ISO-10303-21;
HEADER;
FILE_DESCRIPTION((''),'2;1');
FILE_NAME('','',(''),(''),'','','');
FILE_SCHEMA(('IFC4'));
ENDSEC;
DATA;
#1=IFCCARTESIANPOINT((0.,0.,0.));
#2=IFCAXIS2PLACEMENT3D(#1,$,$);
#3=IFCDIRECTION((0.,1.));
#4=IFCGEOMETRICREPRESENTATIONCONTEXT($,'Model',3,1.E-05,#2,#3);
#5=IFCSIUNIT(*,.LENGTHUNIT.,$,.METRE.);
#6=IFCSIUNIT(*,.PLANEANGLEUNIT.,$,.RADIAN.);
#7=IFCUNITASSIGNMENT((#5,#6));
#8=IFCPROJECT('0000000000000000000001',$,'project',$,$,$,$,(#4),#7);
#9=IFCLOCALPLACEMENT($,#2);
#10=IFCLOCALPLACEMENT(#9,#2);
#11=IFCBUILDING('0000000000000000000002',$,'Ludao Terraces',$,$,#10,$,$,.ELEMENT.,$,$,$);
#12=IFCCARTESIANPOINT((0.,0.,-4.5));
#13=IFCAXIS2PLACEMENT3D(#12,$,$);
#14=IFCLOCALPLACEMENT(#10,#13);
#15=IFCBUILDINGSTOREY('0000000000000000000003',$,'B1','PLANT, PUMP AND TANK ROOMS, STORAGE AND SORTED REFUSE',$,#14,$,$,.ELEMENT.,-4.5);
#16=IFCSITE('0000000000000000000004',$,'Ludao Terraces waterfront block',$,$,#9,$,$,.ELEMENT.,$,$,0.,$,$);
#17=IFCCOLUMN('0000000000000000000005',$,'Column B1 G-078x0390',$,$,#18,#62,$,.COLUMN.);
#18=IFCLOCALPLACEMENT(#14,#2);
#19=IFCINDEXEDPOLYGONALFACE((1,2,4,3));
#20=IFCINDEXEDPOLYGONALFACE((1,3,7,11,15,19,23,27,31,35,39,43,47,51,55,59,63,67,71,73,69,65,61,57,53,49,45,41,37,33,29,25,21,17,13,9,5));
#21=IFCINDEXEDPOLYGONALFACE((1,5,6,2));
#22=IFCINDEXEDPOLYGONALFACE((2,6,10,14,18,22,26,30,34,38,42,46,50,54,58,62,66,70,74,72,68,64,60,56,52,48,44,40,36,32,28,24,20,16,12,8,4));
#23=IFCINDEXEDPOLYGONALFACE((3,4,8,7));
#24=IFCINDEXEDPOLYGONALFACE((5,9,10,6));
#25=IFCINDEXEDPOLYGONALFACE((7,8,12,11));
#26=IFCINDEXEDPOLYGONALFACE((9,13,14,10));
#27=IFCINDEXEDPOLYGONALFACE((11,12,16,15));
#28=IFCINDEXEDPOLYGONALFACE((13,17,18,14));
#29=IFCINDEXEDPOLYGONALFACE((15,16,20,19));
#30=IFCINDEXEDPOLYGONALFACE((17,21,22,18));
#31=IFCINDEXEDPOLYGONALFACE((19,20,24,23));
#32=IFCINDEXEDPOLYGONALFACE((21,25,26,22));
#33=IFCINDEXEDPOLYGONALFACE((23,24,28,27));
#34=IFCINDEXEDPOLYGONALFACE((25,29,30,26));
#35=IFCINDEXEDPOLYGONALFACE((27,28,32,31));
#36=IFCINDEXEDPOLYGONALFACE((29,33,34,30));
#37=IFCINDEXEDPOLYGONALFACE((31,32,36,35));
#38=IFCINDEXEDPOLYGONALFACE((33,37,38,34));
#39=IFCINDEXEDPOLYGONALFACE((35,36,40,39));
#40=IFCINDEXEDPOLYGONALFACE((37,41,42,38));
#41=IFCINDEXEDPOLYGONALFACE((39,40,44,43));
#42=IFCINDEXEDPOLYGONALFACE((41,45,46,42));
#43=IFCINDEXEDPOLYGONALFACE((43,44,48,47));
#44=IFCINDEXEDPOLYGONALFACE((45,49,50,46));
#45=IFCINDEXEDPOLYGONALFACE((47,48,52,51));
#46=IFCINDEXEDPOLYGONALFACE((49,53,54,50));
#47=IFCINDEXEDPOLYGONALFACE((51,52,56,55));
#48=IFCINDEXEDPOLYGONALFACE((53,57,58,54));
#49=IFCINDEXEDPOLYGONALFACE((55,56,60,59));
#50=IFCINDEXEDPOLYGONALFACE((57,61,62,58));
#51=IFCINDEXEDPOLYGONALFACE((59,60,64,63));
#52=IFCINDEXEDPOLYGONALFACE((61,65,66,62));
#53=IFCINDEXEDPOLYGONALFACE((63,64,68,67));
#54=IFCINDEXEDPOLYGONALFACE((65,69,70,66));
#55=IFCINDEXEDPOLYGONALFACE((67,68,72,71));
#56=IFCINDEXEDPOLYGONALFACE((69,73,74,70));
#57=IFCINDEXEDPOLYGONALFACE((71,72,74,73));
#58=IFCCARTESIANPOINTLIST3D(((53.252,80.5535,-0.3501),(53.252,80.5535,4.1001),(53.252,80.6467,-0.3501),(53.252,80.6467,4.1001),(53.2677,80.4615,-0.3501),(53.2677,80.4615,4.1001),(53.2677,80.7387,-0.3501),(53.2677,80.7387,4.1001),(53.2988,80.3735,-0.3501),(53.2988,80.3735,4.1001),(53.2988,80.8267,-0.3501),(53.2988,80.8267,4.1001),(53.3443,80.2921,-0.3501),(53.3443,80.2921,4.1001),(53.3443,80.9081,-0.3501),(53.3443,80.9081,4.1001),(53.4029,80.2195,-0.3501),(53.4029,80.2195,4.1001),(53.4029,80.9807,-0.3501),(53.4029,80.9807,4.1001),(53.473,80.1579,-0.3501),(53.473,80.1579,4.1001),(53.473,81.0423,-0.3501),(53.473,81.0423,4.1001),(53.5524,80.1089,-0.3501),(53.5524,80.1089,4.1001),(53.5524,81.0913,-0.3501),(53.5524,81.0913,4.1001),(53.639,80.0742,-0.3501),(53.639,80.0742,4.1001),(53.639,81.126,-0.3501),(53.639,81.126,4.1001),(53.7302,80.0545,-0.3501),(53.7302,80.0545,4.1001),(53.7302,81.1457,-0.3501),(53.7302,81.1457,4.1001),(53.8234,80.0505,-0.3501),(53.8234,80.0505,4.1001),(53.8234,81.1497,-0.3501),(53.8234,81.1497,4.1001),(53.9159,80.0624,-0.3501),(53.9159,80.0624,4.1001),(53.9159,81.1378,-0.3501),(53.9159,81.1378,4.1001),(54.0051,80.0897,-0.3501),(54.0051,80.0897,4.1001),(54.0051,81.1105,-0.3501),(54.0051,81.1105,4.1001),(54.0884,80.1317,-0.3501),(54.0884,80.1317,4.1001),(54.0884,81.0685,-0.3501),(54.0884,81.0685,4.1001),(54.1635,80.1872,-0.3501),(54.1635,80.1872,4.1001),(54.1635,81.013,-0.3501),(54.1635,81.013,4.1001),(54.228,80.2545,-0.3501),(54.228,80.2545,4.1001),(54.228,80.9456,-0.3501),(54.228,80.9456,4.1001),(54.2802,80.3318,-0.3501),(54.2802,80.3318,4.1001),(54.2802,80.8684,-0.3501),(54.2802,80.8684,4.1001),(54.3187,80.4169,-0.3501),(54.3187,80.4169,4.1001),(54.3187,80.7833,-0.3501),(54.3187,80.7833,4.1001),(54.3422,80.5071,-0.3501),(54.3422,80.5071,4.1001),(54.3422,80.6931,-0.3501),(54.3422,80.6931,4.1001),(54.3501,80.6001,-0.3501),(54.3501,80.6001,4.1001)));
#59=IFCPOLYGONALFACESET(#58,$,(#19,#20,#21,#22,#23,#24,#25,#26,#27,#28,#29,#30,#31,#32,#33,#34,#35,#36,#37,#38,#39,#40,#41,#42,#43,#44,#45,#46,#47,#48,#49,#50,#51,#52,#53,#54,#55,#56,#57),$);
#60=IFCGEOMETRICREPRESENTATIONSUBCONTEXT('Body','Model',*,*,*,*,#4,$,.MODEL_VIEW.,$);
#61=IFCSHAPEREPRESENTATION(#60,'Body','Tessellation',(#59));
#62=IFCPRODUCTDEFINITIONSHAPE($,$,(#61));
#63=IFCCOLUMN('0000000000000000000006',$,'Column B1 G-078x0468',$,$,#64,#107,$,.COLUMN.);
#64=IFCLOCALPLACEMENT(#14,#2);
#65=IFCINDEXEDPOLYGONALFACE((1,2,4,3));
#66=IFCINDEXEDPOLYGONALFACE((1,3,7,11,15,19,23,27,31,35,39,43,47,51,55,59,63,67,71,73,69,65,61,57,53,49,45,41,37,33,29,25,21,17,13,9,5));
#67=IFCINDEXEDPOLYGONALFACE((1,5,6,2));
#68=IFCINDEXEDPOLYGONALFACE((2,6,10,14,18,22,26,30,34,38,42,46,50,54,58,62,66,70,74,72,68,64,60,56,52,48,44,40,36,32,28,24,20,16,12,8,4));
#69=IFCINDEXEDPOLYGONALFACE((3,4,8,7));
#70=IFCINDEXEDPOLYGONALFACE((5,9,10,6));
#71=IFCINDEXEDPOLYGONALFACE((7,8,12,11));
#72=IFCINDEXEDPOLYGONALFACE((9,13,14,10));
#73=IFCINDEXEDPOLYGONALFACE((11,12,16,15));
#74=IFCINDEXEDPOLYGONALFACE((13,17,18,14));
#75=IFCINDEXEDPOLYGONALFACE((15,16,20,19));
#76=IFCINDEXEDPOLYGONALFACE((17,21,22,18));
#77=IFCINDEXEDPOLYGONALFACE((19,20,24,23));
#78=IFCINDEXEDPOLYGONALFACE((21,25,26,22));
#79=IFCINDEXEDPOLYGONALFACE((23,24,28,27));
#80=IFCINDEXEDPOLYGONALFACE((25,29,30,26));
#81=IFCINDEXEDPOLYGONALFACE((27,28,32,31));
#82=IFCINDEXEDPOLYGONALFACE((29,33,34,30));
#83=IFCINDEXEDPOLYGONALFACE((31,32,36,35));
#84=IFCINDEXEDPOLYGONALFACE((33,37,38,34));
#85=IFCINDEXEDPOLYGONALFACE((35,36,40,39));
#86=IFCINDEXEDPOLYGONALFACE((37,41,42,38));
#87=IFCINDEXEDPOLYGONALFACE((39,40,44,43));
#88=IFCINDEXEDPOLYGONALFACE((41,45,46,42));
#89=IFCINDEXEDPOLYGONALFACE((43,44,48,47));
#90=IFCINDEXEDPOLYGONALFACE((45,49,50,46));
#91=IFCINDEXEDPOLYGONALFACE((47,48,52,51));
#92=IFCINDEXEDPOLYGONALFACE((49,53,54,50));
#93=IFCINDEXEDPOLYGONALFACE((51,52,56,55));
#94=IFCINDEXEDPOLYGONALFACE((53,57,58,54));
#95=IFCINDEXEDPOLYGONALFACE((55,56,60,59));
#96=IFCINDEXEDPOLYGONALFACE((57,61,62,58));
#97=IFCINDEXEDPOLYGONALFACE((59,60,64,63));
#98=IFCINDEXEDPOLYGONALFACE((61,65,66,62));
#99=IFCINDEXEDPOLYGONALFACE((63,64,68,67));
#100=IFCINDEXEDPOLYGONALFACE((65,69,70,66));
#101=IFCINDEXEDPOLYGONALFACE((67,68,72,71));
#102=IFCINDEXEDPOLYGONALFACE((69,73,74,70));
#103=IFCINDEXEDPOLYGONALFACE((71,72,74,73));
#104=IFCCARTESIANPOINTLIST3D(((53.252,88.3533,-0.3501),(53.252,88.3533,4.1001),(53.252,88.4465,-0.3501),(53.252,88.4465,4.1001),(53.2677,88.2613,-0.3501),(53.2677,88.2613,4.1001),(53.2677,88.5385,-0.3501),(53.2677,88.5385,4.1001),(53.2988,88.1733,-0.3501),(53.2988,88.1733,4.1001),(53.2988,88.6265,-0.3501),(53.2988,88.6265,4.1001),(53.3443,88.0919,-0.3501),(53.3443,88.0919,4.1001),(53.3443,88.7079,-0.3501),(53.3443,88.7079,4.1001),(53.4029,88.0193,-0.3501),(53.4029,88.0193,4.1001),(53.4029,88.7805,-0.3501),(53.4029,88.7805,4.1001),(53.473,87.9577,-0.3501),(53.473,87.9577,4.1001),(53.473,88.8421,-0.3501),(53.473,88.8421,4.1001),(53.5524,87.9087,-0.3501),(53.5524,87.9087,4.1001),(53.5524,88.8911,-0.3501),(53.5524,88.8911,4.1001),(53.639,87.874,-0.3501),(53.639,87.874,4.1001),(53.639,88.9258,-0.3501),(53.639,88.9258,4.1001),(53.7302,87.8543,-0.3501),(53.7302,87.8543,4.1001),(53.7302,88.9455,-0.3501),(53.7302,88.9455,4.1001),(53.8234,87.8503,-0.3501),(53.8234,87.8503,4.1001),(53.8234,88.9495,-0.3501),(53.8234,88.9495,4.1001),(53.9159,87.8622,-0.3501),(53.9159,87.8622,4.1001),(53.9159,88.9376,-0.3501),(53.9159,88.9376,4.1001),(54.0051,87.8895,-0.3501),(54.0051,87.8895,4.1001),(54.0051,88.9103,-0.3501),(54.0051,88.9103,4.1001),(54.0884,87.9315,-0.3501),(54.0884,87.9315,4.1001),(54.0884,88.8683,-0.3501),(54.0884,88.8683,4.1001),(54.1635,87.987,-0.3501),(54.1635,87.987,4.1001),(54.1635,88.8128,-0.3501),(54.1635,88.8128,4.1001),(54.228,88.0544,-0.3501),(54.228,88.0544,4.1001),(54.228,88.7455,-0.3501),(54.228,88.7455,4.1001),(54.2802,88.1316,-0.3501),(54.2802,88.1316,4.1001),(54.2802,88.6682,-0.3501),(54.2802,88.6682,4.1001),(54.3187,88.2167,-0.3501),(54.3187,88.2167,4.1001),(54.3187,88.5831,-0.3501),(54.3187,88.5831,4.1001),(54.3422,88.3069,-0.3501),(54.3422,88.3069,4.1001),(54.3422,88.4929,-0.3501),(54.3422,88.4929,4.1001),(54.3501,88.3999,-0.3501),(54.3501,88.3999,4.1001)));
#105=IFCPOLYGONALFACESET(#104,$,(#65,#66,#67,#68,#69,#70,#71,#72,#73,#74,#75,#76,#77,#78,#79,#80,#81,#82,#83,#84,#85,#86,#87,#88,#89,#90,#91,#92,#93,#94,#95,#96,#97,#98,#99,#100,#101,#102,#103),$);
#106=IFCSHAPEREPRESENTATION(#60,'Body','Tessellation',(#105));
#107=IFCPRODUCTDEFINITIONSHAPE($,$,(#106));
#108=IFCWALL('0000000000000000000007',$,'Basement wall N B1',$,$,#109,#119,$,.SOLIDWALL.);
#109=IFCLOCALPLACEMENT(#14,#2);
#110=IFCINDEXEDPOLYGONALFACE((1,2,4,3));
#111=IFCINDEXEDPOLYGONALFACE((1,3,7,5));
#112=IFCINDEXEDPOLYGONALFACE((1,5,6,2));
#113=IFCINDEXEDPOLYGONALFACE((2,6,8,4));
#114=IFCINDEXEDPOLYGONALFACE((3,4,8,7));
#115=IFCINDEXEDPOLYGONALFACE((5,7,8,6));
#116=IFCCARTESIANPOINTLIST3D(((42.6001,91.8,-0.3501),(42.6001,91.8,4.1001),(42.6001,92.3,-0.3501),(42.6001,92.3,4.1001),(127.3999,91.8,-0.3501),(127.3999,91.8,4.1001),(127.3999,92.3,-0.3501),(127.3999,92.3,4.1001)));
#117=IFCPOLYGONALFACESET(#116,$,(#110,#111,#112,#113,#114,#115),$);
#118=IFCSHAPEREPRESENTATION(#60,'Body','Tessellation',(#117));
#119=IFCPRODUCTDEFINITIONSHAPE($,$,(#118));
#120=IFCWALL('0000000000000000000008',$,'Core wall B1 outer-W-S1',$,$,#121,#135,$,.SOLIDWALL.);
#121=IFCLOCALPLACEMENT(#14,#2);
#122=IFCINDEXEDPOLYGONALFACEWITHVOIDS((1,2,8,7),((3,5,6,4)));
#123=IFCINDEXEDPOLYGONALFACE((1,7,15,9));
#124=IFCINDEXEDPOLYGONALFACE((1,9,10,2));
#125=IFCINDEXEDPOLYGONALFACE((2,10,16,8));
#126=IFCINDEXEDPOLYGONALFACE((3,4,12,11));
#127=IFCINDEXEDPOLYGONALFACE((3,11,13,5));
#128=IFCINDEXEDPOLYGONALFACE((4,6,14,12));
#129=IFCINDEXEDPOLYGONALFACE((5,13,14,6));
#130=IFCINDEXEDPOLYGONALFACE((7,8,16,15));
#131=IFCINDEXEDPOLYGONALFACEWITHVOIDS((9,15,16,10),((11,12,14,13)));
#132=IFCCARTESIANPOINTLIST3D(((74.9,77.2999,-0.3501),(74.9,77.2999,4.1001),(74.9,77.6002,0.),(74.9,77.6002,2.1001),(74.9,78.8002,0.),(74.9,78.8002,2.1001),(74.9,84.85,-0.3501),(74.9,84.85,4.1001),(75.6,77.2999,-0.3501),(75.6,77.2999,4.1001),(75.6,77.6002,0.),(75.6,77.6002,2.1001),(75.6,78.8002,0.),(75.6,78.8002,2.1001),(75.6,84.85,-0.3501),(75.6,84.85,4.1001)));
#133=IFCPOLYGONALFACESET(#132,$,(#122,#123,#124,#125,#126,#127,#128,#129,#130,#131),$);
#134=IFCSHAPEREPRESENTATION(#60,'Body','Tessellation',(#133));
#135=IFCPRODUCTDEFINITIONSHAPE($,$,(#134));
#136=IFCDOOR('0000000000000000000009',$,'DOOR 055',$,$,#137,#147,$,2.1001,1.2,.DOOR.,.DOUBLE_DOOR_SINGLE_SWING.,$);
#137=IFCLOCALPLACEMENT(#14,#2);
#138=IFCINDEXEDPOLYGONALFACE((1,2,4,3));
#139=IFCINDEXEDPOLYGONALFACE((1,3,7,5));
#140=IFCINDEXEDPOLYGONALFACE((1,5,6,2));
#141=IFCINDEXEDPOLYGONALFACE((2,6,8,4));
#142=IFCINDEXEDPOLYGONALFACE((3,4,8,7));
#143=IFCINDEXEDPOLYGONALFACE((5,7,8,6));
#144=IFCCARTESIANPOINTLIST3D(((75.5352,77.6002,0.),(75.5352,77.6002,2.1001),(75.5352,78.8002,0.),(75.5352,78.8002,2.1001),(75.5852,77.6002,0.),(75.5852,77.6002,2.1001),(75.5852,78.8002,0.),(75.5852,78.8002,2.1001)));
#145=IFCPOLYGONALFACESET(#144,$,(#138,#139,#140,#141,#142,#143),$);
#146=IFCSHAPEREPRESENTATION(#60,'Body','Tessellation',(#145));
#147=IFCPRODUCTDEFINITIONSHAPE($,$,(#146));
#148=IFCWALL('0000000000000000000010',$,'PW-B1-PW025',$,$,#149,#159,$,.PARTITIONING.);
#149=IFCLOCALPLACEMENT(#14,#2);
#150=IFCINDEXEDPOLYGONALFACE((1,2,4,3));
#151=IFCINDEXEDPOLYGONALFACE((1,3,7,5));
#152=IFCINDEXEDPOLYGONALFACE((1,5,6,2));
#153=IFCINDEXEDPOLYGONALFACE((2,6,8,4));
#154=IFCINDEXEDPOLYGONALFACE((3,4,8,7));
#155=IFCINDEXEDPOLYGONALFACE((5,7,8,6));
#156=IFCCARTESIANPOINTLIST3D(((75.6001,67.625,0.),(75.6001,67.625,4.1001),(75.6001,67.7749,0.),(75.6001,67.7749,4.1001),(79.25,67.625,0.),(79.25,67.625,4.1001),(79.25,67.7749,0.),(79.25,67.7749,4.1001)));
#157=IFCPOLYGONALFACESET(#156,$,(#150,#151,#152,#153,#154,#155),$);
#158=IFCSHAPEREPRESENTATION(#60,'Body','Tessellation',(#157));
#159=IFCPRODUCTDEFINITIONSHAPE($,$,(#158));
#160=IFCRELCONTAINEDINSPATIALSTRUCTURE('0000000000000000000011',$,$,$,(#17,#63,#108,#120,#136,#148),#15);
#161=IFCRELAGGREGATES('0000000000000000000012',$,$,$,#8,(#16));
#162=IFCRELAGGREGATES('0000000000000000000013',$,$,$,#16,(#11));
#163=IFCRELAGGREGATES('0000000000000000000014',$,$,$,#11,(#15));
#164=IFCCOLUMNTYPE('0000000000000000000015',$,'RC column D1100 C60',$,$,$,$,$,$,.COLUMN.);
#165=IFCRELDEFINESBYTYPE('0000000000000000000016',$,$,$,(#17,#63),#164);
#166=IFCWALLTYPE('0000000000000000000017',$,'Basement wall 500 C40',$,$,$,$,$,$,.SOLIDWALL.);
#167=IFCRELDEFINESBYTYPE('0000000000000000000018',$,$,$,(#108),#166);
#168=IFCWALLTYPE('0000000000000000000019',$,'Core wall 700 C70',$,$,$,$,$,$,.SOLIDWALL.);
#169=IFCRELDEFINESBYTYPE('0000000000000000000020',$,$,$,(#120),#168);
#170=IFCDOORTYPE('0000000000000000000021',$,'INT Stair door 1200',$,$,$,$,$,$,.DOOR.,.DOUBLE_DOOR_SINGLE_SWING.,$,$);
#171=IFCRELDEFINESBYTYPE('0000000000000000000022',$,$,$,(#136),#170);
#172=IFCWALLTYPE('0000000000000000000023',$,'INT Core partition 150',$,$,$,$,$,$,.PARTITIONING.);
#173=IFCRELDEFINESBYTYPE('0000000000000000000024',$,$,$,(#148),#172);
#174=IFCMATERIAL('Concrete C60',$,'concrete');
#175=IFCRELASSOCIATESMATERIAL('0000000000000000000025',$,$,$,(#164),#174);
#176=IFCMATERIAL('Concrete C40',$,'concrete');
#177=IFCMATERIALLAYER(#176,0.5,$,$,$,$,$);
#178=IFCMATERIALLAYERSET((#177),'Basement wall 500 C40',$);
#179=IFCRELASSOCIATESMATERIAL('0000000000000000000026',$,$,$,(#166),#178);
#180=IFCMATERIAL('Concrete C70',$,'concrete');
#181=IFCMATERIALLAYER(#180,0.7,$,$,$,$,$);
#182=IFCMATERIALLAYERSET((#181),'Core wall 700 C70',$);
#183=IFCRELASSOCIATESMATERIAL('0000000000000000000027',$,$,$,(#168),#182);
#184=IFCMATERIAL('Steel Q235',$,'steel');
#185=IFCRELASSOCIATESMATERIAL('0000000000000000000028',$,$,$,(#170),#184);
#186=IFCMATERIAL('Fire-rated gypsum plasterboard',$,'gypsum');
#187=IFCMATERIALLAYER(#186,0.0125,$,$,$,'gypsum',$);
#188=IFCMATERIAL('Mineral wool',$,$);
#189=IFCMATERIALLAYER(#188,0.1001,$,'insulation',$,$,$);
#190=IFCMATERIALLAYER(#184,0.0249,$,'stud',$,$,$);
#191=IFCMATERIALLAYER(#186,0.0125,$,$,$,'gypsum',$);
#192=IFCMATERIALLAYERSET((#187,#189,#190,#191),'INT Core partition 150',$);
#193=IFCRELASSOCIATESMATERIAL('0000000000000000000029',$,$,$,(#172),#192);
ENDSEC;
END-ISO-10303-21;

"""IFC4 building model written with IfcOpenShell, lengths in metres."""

from ifc_helpers import new_model, si_unit, direction, frame, frame_2d, origin, origin_2d, place, context, subcontext, project, spatial, rectangle, circle, extrude, material, layer, layer_set, material_profile, profile_set, type_object, element, fill, save


model = new_model("IFC4")

# Units and contexts
model_context = context("Model", 3, precision=1e-05, world=origin(), true_north=direction((0.0, 1.0)))
body_context = subcontext(model_context, "Body", "Model", "MODEL_VIEW")
ifc_project = project(units=[si_unit("LENGTHUNIT", "METRE"), si_unit("PLANEANGLEUNIT", "RADIAN")], contexts=[model_context])

# Site, building, storey
site_placement = place(None, origin())
site = spatial("IfcSite", under=ifc_project, at=site_placement, Name="Ludao Terraces waterfront block", CompositionType="ELEMENT", RefElevation=0.0)
building_placement = place(site_placement, origin())
building = spatial("IfcBuilding", under=site, at=building_placement, Name="Ludao Terraces", CompositionType="ELEMENT")
storey_placement = place(building_placement, frame((0.0, 0.0, -4.5)))
storey = spatial("IfcBuildingStorey", under=building, at=storey_placement, Name="B1", Description="PLANT, PUMP AND TANK ROOMS, STORAGE AND SORTED REFUSE", CompositionType="ELEMENT", Elevation=-4.5)

# Columns
ifc_material_1 = material(Name="Concrete C60", Category="concrete")
ifc_material_profile_1 = material_profile(ifc_material_1, circle(Radius=0.55, at=origin_2d()), Name="D1100")
ifc_profile_set_1 = profile_set([ifc_material_profile_1], Name="Concrete C60")
column_type_1 = type_object("IfcColumnType", Name="RC column D1100 C60", PredefinedType="COLUMN", material=ifc_profile_set_1)
for number, where, z_axis, x_axis, name in (
    (1, (53.8, 80.6001, -0.3501), (0.0, 0.0, 1.0), (1.0, 0.0, 0.0), "Column B1 G-078x0390"),
    (2, (53.8, 88.3999, -0.3501), (0.0, 0.0, 1.0), (1.0, 0.0, 0.0), "Column B1 G-078x0468"),
):
    element("IfcColumn", number, at=place(storey_placement, frame(where, z_axis=z_axis, x_axis=x_axis)), inside=storey, type_object=column_type_1, Name=name, PredefinedType="COLUMN", context=body_context, shape_type="SweptSolid", body=[
        extrude(circle(Radius=0.55, at=origin_2d()), origin(), (0.0, 0.0, 1.0), 4.4502),
    ])

# Wall
ifc_material_2 = material(Name="Concrete C40", Category="concrete")
ifc_layer_1 = layer(ifc_material_2, 0.5)
ifc_layer_set_1 = layer_set([ifc_layer_1], Name="Basement wall 500 C40")
wall_type_1 = type_object("IfcWallType", Name="Basement wall 500 C40", PredefinedType="SOLIDWALL", material=ifc_layer_set_1)
wall_1_placement = place(storey_placement, frame((42.6001, 92.05, -0.3501), z_axis=(0.0, 0.0, 1.0), x_axis=(1.0, 0.0, 0.0)))
element("IfcWall", 3, at=wall_1_placement, inside=storey, type_object=wall_type_1, Name="Basement wall N B1", PredefinedType="SOLIDWALL", context=body_context, shape_type="SweptSolid", body=[
    extrude(rectangle(XDim=84.7998, YDim=0.5, at=frame_2d((42.3999, 0.0))), origin(), (0.0, 0.0, 1.0), 4.4502),
])

# Wall, opening, door
ifc_material_3 = material(Name="Concrete C70", Category="concrete")
ifc_layer_2 = layer(ifc_material_3, 0.7)
ifc_layer_set_2 = layer_set([ifc_layer_2], Name="Core wall 700 C70")
wall_type_2 = type_object("IfcWallType", Name="Core wall 700 C70", PredefinedType="SOLIDWALL", material=ifc_layer_set_2)
wall_2_placement = place(storey_placement, frame((75.25, 77.3, -0.3501), z_axis=(0.0, 0.0, 1.0), x_axis=(0.0, 1.0, 0.0)))
wall_2 = element("IfcWall", 4, at=wall_2_placement, inside=storey, type_object=wall_type_2, Name="Core wall B1 outer-W-S1", PredefinedType="SOLIDWALL", context=body_context, shape_type="SweptSolid", body=[
    extrude(rectangle(XDim=7.55, YDim=0.7, at=frame_2d((3.7749, 0.0))), origin(), (0.0, 0.0, 1.0), 4.4502),
])
opening_1_placement = place(wall_2_placement, frame((0.3, 0.0, 0.3501)))
opening_1 = element("IfcOpeningElement", 5, at=opening_1_placement, cuts=wall_2, PredefinedType="OPENING", context=body_context, shape_type="SweptSolid", body=[
    extrude(rectangle(XDim=1.2, YDim=2.1001, at=frame_2d((0.6001, 1.05))), frame((0.0, 0.3599, 0.0), z_axis=(0.0, -1.0, 0.0), x_axis=(1.0, 0.0, 0.0)), (0.0, 0.0, 1.0), 0.72),
])
ifc_material_4 = material(Name="Steel Q235", Category="steel")
door_type_1 = type_object("IfcDoorType", Name="INT Stair door 1200", OperationType="DOUBLE_DOOR_SINGLE_SWING", PredefinedType="DOOR", material=ifc_material_4)
door_1_placement = place(opening_1_placement, origin())
door_1 = element("IfcDoor", 6, at=door_1_placement, inside=storey, type_object=door_type_1, Name="DOOR 055", OperationType="DOUBLE_DOOR_SINGLE_SWING", OverallHeight=2.1001, OverallWidth=1.2, PredefinedType="DOOR", context=body_context, shape_type="SweptSolid", body=[
    extrude(rectangle(XDim=1.2, YDim=2.1001, at=frame_2d((0.6001, 1.05))), frame((0.0, -0.2852, 0.0), z_axis=(0.0, -1.0, 0.0), x_axis=(1.0, 0.0, 0.0)), (0.0, 0.0, 1.0), 0.05),
])
fill(opening_1, door_1)

# Wall
ifc_material_5 = material(Name="Fire-rated gypsum plasterboard", Category="gypsum")
ifc_layer_3 = layer(ifc_material_5, 0.0125, Category="gypsum")
ifc_material_6 = material(Name="Mineral wool")
ifc_layer_4 = layer(ifc_material_6, 0.1001, Name="insulation")
ifc_layer_5 = layer(ifc_material_4, 0.0249, Name="stud")
ifc_layer_6 = layer(ifc_material_5, 0.0125, Category="gypsum")
ifc_layer_set_3 = layer_set([ifc_layer_3, ifc_layer_4, ifc_layer_5, ifc_layer_6], Name="INT Core partition 150")
wall_type_3 = type_object("IfcWallType", Name="INT Core partition 150", PredefinedType="PARTITIONING", material=ifc_layer_set_3)
wall_3_placement = place(storey_placement, frame((75.6001, 67.7, 0.0), z_axis=(0.0, 0.0, 1.0), x_axis=(1.0, 0.0, 0.0)))
element("IfcWall", 7, at=wall_3_placement, inside=storey, type_object=wall_type_3, Name="PW-B1-PW025", PredefinedType="PARTITIONING", context=body_context, shape_type="SweptSolid", body=[
    extrude(rectangle(XDim=3.6499, YDim=0.1499, at=frame_2d((1.825, 0.0))), origin(), (0.0, 0.0, 1.0), 4.1001),
])

save(model, "model.ifc")
